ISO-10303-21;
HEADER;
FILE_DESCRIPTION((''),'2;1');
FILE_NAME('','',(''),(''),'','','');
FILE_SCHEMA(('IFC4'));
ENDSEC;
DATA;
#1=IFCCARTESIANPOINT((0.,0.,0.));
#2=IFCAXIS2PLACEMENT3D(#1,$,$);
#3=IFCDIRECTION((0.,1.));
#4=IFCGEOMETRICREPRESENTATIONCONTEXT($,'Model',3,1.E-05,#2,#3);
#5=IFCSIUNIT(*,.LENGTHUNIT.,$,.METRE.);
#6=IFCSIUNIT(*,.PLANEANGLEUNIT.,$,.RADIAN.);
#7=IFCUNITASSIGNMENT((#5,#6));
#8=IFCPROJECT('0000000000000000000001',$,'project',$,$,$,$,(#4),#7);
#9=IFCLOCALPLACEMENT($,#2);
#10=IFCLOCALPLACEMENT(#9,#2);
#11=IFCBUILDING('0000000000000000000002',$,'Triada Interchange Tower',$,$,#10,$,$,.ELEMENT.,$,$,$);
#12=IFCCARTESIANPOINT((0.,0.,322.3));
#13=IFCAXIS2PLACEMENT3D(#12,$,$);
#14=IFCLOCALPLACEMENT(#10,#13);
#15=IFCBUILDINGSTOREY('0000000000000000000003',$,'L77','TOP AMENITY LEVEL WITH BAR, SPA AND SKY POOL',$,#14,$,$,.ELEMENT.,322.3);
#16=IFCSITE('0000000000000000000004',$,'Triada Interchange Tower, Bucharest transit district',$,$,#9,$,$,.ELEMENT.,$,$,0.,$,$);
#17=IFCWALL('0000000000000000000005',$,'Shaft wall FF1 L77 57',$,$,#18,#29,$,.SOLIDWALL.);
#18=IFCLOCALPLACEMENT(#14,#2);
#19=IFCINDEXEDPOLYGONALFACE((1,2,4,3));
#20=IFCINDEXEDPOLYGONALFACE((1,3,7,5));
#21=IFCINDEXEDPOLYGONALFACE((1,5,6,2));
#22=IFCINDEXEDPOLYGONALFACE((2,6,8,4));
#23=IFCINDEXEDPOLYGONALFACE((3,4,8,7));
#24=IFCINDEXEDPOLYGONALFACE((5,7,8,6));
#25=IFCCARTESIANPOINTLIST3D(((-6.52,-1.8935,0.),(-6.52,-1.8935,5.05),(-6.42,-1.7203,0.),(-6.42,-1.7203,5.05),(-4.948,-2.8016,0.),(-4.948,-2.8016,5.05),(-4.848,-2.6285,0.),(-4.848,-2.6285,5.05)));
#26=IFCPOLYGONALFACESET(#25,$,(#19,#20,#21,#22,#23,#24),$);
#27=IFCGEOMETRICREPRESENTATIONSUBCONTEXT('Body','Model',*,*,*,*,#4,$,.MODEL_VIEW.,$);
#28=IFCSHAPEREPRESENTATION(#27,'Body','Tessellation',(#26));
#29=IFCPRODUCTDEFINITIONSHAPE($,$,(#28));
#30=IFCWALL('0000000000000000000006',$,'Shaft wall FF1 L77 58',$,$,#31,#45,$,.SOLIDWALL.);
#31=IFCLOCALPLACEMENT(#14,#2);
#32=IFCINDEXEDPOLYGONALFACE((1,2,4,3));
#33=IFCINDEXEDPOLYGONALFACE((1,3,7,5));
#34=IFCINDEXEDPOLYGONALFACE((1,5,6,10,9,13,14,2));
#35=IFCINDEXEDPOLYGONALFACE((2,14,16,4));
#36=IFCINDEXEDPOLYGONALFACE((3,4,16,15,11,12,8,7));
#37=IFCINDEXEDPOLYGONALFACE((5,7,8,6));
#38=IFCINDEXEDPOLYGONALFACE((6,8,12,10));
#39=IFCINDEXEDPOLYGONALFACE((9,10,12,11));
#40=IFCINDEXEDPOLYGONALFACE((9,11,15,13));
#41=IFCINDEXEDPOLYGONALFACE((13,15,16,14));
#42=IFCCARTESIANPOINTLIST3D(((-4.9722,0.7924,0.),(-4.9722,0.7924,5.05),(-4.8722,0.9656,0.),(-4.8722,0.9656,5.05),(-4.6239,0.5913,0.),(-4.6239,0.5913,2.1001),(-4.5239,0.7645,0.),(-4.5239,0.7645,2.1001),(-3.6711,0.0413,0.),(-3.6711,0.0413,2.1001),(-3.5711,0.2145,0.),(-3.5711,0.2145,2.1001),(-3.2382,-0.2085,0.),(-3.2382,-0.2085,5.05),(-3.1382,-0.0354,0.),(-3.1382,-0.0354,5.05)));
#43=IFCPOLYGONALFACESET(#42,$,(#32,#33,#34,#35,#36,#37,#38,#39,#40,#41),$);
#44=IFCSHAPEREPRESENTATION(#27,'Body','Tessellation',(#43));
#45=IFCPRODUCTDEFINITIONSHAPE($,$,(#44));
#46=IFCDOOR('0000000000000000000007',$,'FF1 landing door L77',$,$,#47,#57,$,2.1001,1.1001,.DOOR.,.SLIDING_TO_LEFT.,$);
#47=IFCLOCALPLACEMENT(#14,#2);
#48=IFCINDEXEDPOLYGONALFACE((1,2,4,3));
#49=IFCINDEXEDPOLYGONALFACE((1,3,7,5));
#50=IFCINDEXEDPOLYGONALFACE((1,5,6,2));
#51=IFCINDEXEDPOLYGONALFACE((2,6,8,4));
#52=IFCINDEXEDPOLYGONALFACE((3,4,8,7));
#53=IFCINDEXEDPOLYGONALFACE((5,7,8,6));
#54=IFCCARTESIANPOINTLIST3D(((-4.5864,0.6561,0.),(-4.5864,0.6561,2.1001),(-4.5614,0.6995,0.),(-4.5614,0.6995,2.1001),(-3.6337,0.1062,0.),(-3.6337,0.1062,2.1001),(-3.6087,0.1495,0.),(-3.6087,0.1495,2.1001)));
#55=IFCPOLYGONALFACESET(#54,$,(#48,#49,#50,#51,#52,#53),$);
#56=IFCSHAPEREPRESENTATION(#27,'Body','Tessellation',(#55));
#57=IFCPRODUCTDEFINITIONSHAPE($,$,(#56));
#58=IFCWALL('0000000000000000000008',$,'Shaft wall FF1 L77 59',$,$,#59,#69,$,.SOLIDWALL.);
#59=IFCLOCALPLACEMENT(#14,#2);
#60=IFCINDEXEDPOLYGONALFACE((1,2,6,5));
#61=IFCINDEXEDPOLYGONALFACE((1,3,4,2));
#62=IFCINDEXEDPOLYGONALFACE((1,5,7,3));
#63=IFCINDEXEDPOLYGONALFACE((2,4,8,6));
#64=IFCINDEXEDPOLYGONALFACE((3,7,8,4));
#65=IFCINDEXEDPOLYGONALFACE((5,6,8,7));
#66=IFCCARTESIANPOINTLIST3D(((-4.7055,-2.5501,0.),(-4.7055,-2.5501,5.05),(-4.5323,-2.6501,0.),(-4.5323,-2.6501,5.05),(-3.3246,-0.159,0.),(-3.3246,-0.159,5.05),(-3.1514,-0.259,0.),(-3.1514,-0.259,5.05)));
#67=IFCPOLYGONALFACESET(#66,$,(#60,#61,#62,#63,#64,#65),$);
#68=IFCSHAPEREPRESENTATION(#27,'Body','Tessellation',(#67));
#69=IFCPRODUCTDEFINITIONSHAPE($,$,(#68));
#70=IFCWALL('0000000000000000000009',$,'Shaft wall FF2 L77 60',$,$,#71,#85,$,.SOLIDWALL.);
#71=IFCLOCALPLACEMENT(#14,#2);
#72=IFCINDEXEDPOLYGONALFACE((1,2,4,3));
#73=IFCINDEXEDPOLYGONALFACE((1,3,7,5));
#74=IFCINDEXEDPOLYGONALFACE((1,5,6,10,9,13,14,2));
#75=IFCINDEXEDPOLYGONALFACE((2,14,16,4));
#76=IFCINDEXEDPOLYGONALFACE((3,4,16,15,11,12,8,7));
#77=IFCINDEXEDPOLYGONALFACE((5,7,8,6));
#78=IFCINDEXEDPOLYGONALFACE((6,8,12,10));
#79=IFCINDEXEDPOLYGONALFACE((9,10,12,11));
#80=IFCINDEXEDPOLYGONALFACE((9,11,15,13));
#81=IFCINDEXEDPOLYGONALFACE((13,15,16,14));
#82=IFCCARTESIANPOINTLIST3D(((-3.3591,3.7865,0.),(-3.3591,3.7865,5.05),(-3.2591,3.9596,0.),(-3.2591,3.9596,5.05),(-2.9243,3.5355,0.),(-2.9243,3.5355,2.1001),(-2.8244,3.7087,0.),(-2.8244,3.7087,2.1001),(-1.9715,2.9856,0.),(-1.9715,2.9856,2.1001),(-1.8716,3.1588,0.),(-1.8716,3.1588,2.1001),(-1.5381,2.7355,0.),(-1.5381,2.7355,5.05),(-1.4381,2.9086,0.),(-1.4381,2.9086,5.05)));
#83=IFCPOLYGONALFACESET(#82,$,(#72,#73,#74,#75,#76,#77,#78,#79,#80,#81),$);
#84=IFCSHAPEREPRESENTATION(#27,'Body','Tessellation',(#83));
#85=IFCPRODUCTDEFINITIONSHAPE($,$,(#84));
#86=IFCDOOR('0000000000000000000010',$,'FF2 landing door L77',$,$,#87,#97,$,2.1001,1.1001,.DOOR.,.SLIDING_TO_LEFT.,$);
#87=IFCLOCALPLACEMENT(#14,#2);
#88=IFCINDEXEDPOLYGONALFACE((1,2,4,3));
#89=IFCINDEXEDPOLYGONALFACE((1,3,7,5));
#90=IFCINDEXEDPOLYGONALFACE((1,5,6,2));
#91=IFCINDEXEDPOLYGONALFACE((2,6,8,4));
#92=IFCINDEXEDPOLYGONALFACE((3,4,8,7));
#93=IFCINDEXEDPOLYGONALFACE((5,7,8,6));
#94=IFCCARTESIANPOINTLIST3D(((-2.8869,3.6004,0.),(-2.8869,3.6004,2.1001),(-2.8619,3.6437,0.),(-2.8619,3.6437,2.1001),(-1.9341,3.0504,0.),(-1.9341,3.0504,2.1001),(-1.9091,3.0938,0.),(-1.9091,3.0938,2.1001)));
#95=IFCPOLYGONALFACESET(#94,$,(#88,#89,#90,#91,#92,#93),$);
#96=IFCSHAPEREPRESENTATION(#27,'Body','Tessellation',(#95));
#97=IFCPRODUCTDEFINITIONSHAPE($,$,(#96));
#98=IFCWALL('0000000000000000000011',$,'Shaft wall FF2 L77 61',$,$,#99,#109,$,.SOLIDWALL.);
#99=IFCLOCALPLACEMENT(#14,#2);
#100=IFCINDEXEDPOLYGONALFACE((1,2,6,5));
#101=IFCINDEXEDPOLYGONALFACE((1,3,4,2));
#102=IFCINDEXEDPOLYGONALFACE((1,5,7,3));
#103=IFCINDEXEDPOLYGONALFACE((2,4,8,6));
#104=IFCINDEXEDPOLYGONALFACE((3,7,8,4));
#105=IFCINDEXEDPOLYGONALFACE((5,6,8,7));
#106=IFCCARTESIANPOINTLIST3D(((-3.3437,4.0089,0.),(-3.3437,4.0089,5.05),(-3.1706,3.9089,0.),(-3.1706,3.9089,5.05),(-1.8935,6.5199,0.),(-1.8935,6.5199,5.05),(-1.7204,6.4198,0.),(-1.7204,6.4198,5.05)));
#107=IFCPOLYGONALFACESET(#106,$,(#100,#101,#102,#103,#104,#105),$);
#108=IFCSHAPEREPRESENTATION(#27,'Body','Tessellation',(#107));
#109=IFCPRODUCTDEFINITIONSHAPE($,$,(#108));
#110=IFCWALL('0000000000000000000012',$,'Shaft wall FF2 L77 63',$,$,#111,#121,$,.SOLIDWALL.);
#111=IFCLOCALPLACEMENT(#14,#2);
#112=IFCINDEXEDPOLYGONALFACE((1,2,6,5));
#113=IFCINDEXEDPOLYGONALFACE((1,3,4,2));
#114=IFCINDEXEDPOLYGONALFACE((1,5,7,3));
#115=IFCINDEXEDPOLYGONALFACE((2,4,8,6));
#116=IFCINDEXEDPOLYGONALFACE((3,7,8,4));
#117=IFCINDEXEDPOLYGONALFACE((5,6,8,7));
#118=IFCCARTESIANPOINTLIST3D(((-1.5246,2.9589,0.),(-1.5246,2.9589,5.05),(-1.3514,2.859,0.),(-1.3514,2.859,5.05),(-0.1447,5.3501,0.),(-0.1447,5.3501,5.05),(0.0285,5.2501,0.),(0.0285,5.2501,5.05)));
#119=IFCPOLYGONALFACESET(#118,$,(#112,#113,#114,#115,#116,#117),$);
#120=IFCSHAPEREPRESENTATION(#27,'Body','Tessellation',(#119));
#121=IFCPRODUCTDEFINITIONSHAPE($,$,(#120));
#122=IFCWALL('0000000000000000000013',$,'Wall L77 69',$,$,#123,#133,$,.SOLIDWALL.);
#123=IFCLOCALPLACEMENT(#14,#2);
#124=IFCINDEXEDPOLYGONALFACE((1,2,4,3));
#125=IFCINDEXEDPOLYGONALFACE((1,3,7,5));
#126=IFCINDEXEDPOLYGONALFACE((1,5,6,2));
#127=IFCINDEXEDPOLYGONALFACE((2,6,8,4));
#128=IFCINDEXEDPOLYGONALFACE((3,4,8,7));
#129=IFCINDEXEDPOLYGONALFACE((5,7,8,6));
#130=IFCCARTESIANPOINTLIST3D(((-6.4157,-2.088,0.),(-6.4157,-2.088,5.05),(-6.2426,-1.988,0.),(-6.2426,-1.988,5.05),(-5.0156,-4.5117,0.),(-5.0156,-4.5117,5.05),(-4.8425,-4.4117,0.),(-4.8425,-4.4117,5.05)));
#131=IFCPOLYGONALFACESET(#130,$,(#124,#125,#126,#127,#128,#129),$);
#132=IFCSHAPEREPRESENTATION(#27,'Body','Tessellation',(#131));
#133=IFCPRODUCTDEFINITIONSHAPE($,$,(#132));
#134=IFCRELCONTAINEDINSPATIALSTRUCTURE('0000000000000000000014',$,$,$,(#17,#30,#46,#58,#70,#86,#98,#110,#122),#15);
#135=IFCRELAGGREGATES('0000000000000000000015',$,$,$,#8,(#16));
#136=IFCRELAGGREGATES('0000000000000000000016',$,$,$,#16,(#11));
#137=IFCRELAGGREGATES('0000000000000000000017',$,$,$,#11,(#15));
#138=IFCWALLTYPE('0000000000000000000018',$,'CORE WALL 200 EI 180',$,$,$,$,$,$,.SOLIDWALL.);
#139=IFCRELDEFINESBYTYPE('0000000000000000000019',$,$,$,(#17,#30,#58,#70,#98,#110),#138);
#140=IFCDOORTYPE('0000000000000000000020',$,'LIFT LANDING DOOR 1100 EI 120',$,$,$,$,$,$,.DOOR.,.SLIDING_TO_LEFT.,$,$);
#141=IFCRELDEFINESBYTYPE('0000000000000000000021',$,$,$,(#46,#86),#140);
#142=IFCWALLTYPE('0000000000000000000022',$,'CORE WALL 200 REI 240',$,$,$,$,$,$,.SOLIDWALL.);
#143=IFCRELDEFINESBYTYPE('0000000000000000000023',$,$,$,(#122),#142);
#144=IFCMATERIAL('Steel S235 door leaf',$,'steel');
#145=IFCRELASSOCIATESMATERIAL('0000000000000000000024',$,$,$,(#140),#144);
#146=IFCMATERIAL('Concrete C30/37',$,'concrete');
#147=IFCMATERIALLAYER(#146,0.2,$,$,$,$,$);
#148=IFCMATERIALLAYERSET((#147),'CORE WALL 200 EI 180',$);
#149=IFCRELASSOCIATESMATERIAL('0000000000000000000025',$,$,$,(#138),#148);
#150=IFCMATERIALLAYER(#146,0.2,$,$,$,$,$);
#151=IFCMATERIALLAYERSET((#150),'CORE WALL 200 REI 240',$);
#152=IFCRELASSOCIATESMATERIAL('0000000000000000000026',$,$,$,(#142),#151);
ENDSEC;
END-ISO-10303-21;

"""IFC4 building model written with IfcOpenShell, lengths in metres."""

from ifc_helpers import new_model, si_unit, direction, frame, frame_2d, origin, place, context, subcontext, project, spatial, rectangle, extrude, material, layer, layer_set, type_object, element, fill, save


model = new_model("IFC4")

# Units and contexts
model_context = context("Model", 3, precision=1e-05, world=origin(), true_north=direction((0.0, 1.0)))
body_context = subcontext(model_context, "Body", "Model", "MODEL_VIEW")
ifc_project = project(units=[si_unit("LENGTHUNIT", "METRE"), si_unit("PLANEANGLEUNIT", "RADIAN")], contexts=[model_context])

# Site, building, storey
site_placement = place(None, origin())
site = spatial("IfcSite", under=ifc_project, at=site_placement, Name="Triada Interchange Tower, Bucharest transit district", CompositionType="ELEMENT", RefElevation=0.0)
building_placement = place(site_placement, origin())
building = spatial("IfcBuilding", under=site, at=building_placement, Name="Triada Interchange Tower", CompositionType="ELEMENT")
storey_placement = place(building_placement, frame((0.0, 0.0, 322.3)))
storey = spatial("IfcBuildingStorey", under=building, at=storey_placement, Name="L77", Description="TOP AMENITY LEVEL WITH BAR, SPA AND SKY POOL", CompositionType="ELEMENT", Elevation=322.3)

# Shared definitions
ifc_material_1 = material(Name="Concrete C30/37", Category="concrete")

# Shared definitions
ifc_material_2 = material(Name="Steel S235 door leaf", Category="steel")
door_type_1 = type_object("IfcDoorType", Name="LIFT LANDING DOOR 1100 EI 120", OperationType="SLIDING_TO_LEFT", PredefinedType="DOOR", material=ifc_material_2)

# Shared definitions
ifc_layer_1 = layer(ifc_material_1, 0.2)
ifc_layer_set_1 = layer_set([ifc_layer_1], Name="CORE WALL 200 EI 180")
wall_type_1 = type_object("IfcWallType", Name="CORE WALL 200 EI 180", PredefinedType="SOLIDWALL", material=ifc_layer_set_1)

# Wall
wall_1_placement = place(storey_placement, frame((-6.47, -1.8069, 0.0), z_axis=(0.0, 0.0, 1.0), x_axis=(0.865883, -0.500246, 0.0)))
element("IfcWall", 1, at=wall_1_placement, inside=storey, type_object=wall_type_1, Name="Shaft wall FF1 L77 57", PredefinedType="SOLIDWALL", context=body_context, shape_type="SweptSolid", body=[
    extrude(rectangle(XDim=1.8154, YDim=0.2, at=frame_2d((0.9077, 0.0))), origin(), (0.0, 0.0, 1.0), 5.05),
])

# Wall, opening, door
wall_2_placement = place(storey_placement, frame((-4.9221, 0.8789, 0.0), z_axis=(0.0, 0.0, 1.0), x_axis=(0.866074, -0.499916, 0.0)))
wall_2 = element("IfcWall", 2, at=wall_2_placement, inside=storey, type_object=wall_type_1, Name="Shaft wall FF1 L77 58", PredefinedType="SOLIDWALL", context=body_context, shape_type="SweptSolid", body=[
    extrude(rectangle(XDim=2.0022, YDim=0.2, at=frame_2d((1.001, 0.0))), origin(), (0.0, 0.0, 1.0), 5.05),
])
opening_1_placement = place(wall_2_placement, frame((0.4021, 0.0, 0.0)))
opening_1 = element("IfcOpeningElement", 3, at=opening_1_placement, cuts=wall_2, PredefinedType="OPENING", context=body_context, shape_type="SweptSolid", body=[
    extrude(rectangle(XDim=1.1001, YDim=2.1001, at=frame_2d((0.55, 1.05))), frame((0.0, 0.1099, 0.0), z_axis=(0.0, -1.0, 0.0), x_axis=(1.0, 0.0, 0.0)), (0.0, 0.0, 1.0), 0.22),
])
door_1_placement = place(opening_1_placement, origin())
door_1 = element("IfcDoor", 4, at=door_1_placement, inside=storey, type_object=door_type_1, Name="FF1 landing door L77", OperationType="SLIDING_TO_LEFT", OverallHeight=2.1001, OverallWidth=1.1001, PredefinedType="DOOR", context=body_context, shape_type="SweptSolid", body=[
    extrude(rectangle(XDim=1.1001, YDim=2.1001, at=frame_2d((0.55, 1.05))), frame((0.0, 0.0249, 0.0), z_axis=(0.0, -1.0, 0.0), x_axis=(1.0, 0.0, 0.0)), (0.0, 0.0, 1.0), 0.05),
])
fill(opening_1, door_1)

# Wall
wall_3_placement = place(storey_placement, frame((-4.6189, -2.6001, 0.0), z_axis=(0.0, 0.0, 1.0), x_axis=(0.500095, 0.865971, 0.0)))
element("IfcWall", 5, at=wall_3_placement, inside=storey, type_object=wall_type_1, Name="Shaft wall FF1 L77 59", PredefinedType="SOLIDWALL", context=body_context, shape_type="SweptSolid", body=[
    extrude(rectangle(XDim=2.7612, YDim=0.2, at=frame_2d((1.3806, 0.0))), origin(), (0.0, 0.0, 1.0), 5.05),
])

# Wall, opening, door
wall_4_placement = place(storey_placement, frame((-3.3091, 3.873, 0.0), z_axis=(0.0, 0.0, 1.0), x_axis=(0.866099, -0.499873, 0.0)))
wall_4 = element("IfcWall", 6, at=wall_4_placement, inside=storey, type_object=wall_type_1, Name="Shaft wall FF2 L77 60", PredefinedType="SOLIDWALL", context=body_context, shape_type="SweptSolid", body=[
    extrude(rectangle(XDim=2.1025, YDim=0.2, at=frame_2d((1.0513, 0.0))), origin(), (0.0, 0.0, 1.0), 5.05),
])
opening_2_placement = place(wall_4_placement, frame((0.502, 0.0, 0.0)))
opening_2 = element("IfcOpeningElement", 7, at=opening_2_placement, cuts=wall_4, PredefinedType="OPENING", context=body_context, shape_type="SweptSolid", body=[
    extrude(rectangle(XDim=1.1001, YDim=2.1001, at=frame_2d((0.55, 1.05))), frame((0.0, 0.1099, 0.0), z_axis=(0.0, -1.0, 0.0), x_axis=(1.0, 0.0, 0.0)), (0.0, 0.0, 1.0), 0.22),
])
door_2_placement = place(opening_2_placement, origin())
door_2 = element("IfcDoor", 8, at=door_2_placement, inside=storey, type_object=door_type_1, Name="FF2 landing door L77", OperationType="SLIDING_TO_LEFT", OverallHeight=2.1001, OverallWidth=1.1001, PredefinedType="DOOR", context=body_context, shape_type="SweptSolid", body=[
    extrude(rectangle(XDim=1.1001, YDim=2.1001, at=frame_2d((0.55, 1.05))), frame((0.0, 0.0249, 0.0), z_axis=(0.0, -1.0, 0.0), x_axis=(1.0, 0.0, 0.0)), (0.0, 0.0, 1.0), 0.05),
])
fill(opening_2, door_2)

# Walls
wall_5_placement = place(storey_placement, frame((-3.2571, 3.959, 0.0), z_axis=(0.0, 0.0, 1.0), x_axis=(0.500123, 0.865954, 0.0)))
element("IfcWall", 9, at=wall_5_placement, inside=storey, type_object=wall_type_1, Name="Shaft wall FF2 L77 61", PredefinedType="SOLIDWALL", context=body_context, shape_type="SweptSolid", body=[
    extrude(rectangle(XDim=2.8997, YDim=0.2, at=frame_2d((1.4497, 0.0))), origin(), (0.0, 0.0, 1.0), 5.05),
])
wall_6_placement = place(storey_placement, frame((-1.438, 2.9089, 0.0), z_axis=(0.0, 0.0, 1.0), x_axis=(0.49983, 0.866124, 0.0)))
element("IfcWall", 10, at=wall_6_placement, inside=storey, type_object=wall_type_1, Name="Shaft wall FF2 L77 63", PredefinedType="SOLIDWALL", context=body_context, shape_type="SweptSolid", body=[
    extrude(rectangle(XDim=2.7607, YDim=0.2, at=frame_2d((1.3804, 0.0))), origin(), (0.0, 0.0, 1.0), 5.05),
])
ifc_layer_2 = layer(ifc_material_1, 0.2)
ifc_layer_set_2 = layer_set([ifc_layer_2], Name="CORE WALL 200 REI 240")
wall_type_2 = type_object("IfcWallType", Name="CORE WALL 200 REI 240", PredefinedType="SOLIDWALL", material=ifc_layer_set_2)
wall_7_placement = place(storey_placement, frame((-6.3291, -2.0381, 0.0), z_axis=(0.0, 0.0, 1.0), x_axis=(0.500201, -0.86591, 0.0)))
element("IfcWall", 11, at=wall_7_placement, inside=storey, type_object=wall_type_2, Name="Wall L77 69", PredefinedType="SOLIDWALL", context=body_context, shape_type="SweptSolid", body=[
    extrude(rectangle(XDim=2.7991, YDim=0.2, at=frame_2d((1.3994, 0.0))), origin(), (0.0, 0.0, 1.0), 5.05),
])

save(model, "model.ifc")
